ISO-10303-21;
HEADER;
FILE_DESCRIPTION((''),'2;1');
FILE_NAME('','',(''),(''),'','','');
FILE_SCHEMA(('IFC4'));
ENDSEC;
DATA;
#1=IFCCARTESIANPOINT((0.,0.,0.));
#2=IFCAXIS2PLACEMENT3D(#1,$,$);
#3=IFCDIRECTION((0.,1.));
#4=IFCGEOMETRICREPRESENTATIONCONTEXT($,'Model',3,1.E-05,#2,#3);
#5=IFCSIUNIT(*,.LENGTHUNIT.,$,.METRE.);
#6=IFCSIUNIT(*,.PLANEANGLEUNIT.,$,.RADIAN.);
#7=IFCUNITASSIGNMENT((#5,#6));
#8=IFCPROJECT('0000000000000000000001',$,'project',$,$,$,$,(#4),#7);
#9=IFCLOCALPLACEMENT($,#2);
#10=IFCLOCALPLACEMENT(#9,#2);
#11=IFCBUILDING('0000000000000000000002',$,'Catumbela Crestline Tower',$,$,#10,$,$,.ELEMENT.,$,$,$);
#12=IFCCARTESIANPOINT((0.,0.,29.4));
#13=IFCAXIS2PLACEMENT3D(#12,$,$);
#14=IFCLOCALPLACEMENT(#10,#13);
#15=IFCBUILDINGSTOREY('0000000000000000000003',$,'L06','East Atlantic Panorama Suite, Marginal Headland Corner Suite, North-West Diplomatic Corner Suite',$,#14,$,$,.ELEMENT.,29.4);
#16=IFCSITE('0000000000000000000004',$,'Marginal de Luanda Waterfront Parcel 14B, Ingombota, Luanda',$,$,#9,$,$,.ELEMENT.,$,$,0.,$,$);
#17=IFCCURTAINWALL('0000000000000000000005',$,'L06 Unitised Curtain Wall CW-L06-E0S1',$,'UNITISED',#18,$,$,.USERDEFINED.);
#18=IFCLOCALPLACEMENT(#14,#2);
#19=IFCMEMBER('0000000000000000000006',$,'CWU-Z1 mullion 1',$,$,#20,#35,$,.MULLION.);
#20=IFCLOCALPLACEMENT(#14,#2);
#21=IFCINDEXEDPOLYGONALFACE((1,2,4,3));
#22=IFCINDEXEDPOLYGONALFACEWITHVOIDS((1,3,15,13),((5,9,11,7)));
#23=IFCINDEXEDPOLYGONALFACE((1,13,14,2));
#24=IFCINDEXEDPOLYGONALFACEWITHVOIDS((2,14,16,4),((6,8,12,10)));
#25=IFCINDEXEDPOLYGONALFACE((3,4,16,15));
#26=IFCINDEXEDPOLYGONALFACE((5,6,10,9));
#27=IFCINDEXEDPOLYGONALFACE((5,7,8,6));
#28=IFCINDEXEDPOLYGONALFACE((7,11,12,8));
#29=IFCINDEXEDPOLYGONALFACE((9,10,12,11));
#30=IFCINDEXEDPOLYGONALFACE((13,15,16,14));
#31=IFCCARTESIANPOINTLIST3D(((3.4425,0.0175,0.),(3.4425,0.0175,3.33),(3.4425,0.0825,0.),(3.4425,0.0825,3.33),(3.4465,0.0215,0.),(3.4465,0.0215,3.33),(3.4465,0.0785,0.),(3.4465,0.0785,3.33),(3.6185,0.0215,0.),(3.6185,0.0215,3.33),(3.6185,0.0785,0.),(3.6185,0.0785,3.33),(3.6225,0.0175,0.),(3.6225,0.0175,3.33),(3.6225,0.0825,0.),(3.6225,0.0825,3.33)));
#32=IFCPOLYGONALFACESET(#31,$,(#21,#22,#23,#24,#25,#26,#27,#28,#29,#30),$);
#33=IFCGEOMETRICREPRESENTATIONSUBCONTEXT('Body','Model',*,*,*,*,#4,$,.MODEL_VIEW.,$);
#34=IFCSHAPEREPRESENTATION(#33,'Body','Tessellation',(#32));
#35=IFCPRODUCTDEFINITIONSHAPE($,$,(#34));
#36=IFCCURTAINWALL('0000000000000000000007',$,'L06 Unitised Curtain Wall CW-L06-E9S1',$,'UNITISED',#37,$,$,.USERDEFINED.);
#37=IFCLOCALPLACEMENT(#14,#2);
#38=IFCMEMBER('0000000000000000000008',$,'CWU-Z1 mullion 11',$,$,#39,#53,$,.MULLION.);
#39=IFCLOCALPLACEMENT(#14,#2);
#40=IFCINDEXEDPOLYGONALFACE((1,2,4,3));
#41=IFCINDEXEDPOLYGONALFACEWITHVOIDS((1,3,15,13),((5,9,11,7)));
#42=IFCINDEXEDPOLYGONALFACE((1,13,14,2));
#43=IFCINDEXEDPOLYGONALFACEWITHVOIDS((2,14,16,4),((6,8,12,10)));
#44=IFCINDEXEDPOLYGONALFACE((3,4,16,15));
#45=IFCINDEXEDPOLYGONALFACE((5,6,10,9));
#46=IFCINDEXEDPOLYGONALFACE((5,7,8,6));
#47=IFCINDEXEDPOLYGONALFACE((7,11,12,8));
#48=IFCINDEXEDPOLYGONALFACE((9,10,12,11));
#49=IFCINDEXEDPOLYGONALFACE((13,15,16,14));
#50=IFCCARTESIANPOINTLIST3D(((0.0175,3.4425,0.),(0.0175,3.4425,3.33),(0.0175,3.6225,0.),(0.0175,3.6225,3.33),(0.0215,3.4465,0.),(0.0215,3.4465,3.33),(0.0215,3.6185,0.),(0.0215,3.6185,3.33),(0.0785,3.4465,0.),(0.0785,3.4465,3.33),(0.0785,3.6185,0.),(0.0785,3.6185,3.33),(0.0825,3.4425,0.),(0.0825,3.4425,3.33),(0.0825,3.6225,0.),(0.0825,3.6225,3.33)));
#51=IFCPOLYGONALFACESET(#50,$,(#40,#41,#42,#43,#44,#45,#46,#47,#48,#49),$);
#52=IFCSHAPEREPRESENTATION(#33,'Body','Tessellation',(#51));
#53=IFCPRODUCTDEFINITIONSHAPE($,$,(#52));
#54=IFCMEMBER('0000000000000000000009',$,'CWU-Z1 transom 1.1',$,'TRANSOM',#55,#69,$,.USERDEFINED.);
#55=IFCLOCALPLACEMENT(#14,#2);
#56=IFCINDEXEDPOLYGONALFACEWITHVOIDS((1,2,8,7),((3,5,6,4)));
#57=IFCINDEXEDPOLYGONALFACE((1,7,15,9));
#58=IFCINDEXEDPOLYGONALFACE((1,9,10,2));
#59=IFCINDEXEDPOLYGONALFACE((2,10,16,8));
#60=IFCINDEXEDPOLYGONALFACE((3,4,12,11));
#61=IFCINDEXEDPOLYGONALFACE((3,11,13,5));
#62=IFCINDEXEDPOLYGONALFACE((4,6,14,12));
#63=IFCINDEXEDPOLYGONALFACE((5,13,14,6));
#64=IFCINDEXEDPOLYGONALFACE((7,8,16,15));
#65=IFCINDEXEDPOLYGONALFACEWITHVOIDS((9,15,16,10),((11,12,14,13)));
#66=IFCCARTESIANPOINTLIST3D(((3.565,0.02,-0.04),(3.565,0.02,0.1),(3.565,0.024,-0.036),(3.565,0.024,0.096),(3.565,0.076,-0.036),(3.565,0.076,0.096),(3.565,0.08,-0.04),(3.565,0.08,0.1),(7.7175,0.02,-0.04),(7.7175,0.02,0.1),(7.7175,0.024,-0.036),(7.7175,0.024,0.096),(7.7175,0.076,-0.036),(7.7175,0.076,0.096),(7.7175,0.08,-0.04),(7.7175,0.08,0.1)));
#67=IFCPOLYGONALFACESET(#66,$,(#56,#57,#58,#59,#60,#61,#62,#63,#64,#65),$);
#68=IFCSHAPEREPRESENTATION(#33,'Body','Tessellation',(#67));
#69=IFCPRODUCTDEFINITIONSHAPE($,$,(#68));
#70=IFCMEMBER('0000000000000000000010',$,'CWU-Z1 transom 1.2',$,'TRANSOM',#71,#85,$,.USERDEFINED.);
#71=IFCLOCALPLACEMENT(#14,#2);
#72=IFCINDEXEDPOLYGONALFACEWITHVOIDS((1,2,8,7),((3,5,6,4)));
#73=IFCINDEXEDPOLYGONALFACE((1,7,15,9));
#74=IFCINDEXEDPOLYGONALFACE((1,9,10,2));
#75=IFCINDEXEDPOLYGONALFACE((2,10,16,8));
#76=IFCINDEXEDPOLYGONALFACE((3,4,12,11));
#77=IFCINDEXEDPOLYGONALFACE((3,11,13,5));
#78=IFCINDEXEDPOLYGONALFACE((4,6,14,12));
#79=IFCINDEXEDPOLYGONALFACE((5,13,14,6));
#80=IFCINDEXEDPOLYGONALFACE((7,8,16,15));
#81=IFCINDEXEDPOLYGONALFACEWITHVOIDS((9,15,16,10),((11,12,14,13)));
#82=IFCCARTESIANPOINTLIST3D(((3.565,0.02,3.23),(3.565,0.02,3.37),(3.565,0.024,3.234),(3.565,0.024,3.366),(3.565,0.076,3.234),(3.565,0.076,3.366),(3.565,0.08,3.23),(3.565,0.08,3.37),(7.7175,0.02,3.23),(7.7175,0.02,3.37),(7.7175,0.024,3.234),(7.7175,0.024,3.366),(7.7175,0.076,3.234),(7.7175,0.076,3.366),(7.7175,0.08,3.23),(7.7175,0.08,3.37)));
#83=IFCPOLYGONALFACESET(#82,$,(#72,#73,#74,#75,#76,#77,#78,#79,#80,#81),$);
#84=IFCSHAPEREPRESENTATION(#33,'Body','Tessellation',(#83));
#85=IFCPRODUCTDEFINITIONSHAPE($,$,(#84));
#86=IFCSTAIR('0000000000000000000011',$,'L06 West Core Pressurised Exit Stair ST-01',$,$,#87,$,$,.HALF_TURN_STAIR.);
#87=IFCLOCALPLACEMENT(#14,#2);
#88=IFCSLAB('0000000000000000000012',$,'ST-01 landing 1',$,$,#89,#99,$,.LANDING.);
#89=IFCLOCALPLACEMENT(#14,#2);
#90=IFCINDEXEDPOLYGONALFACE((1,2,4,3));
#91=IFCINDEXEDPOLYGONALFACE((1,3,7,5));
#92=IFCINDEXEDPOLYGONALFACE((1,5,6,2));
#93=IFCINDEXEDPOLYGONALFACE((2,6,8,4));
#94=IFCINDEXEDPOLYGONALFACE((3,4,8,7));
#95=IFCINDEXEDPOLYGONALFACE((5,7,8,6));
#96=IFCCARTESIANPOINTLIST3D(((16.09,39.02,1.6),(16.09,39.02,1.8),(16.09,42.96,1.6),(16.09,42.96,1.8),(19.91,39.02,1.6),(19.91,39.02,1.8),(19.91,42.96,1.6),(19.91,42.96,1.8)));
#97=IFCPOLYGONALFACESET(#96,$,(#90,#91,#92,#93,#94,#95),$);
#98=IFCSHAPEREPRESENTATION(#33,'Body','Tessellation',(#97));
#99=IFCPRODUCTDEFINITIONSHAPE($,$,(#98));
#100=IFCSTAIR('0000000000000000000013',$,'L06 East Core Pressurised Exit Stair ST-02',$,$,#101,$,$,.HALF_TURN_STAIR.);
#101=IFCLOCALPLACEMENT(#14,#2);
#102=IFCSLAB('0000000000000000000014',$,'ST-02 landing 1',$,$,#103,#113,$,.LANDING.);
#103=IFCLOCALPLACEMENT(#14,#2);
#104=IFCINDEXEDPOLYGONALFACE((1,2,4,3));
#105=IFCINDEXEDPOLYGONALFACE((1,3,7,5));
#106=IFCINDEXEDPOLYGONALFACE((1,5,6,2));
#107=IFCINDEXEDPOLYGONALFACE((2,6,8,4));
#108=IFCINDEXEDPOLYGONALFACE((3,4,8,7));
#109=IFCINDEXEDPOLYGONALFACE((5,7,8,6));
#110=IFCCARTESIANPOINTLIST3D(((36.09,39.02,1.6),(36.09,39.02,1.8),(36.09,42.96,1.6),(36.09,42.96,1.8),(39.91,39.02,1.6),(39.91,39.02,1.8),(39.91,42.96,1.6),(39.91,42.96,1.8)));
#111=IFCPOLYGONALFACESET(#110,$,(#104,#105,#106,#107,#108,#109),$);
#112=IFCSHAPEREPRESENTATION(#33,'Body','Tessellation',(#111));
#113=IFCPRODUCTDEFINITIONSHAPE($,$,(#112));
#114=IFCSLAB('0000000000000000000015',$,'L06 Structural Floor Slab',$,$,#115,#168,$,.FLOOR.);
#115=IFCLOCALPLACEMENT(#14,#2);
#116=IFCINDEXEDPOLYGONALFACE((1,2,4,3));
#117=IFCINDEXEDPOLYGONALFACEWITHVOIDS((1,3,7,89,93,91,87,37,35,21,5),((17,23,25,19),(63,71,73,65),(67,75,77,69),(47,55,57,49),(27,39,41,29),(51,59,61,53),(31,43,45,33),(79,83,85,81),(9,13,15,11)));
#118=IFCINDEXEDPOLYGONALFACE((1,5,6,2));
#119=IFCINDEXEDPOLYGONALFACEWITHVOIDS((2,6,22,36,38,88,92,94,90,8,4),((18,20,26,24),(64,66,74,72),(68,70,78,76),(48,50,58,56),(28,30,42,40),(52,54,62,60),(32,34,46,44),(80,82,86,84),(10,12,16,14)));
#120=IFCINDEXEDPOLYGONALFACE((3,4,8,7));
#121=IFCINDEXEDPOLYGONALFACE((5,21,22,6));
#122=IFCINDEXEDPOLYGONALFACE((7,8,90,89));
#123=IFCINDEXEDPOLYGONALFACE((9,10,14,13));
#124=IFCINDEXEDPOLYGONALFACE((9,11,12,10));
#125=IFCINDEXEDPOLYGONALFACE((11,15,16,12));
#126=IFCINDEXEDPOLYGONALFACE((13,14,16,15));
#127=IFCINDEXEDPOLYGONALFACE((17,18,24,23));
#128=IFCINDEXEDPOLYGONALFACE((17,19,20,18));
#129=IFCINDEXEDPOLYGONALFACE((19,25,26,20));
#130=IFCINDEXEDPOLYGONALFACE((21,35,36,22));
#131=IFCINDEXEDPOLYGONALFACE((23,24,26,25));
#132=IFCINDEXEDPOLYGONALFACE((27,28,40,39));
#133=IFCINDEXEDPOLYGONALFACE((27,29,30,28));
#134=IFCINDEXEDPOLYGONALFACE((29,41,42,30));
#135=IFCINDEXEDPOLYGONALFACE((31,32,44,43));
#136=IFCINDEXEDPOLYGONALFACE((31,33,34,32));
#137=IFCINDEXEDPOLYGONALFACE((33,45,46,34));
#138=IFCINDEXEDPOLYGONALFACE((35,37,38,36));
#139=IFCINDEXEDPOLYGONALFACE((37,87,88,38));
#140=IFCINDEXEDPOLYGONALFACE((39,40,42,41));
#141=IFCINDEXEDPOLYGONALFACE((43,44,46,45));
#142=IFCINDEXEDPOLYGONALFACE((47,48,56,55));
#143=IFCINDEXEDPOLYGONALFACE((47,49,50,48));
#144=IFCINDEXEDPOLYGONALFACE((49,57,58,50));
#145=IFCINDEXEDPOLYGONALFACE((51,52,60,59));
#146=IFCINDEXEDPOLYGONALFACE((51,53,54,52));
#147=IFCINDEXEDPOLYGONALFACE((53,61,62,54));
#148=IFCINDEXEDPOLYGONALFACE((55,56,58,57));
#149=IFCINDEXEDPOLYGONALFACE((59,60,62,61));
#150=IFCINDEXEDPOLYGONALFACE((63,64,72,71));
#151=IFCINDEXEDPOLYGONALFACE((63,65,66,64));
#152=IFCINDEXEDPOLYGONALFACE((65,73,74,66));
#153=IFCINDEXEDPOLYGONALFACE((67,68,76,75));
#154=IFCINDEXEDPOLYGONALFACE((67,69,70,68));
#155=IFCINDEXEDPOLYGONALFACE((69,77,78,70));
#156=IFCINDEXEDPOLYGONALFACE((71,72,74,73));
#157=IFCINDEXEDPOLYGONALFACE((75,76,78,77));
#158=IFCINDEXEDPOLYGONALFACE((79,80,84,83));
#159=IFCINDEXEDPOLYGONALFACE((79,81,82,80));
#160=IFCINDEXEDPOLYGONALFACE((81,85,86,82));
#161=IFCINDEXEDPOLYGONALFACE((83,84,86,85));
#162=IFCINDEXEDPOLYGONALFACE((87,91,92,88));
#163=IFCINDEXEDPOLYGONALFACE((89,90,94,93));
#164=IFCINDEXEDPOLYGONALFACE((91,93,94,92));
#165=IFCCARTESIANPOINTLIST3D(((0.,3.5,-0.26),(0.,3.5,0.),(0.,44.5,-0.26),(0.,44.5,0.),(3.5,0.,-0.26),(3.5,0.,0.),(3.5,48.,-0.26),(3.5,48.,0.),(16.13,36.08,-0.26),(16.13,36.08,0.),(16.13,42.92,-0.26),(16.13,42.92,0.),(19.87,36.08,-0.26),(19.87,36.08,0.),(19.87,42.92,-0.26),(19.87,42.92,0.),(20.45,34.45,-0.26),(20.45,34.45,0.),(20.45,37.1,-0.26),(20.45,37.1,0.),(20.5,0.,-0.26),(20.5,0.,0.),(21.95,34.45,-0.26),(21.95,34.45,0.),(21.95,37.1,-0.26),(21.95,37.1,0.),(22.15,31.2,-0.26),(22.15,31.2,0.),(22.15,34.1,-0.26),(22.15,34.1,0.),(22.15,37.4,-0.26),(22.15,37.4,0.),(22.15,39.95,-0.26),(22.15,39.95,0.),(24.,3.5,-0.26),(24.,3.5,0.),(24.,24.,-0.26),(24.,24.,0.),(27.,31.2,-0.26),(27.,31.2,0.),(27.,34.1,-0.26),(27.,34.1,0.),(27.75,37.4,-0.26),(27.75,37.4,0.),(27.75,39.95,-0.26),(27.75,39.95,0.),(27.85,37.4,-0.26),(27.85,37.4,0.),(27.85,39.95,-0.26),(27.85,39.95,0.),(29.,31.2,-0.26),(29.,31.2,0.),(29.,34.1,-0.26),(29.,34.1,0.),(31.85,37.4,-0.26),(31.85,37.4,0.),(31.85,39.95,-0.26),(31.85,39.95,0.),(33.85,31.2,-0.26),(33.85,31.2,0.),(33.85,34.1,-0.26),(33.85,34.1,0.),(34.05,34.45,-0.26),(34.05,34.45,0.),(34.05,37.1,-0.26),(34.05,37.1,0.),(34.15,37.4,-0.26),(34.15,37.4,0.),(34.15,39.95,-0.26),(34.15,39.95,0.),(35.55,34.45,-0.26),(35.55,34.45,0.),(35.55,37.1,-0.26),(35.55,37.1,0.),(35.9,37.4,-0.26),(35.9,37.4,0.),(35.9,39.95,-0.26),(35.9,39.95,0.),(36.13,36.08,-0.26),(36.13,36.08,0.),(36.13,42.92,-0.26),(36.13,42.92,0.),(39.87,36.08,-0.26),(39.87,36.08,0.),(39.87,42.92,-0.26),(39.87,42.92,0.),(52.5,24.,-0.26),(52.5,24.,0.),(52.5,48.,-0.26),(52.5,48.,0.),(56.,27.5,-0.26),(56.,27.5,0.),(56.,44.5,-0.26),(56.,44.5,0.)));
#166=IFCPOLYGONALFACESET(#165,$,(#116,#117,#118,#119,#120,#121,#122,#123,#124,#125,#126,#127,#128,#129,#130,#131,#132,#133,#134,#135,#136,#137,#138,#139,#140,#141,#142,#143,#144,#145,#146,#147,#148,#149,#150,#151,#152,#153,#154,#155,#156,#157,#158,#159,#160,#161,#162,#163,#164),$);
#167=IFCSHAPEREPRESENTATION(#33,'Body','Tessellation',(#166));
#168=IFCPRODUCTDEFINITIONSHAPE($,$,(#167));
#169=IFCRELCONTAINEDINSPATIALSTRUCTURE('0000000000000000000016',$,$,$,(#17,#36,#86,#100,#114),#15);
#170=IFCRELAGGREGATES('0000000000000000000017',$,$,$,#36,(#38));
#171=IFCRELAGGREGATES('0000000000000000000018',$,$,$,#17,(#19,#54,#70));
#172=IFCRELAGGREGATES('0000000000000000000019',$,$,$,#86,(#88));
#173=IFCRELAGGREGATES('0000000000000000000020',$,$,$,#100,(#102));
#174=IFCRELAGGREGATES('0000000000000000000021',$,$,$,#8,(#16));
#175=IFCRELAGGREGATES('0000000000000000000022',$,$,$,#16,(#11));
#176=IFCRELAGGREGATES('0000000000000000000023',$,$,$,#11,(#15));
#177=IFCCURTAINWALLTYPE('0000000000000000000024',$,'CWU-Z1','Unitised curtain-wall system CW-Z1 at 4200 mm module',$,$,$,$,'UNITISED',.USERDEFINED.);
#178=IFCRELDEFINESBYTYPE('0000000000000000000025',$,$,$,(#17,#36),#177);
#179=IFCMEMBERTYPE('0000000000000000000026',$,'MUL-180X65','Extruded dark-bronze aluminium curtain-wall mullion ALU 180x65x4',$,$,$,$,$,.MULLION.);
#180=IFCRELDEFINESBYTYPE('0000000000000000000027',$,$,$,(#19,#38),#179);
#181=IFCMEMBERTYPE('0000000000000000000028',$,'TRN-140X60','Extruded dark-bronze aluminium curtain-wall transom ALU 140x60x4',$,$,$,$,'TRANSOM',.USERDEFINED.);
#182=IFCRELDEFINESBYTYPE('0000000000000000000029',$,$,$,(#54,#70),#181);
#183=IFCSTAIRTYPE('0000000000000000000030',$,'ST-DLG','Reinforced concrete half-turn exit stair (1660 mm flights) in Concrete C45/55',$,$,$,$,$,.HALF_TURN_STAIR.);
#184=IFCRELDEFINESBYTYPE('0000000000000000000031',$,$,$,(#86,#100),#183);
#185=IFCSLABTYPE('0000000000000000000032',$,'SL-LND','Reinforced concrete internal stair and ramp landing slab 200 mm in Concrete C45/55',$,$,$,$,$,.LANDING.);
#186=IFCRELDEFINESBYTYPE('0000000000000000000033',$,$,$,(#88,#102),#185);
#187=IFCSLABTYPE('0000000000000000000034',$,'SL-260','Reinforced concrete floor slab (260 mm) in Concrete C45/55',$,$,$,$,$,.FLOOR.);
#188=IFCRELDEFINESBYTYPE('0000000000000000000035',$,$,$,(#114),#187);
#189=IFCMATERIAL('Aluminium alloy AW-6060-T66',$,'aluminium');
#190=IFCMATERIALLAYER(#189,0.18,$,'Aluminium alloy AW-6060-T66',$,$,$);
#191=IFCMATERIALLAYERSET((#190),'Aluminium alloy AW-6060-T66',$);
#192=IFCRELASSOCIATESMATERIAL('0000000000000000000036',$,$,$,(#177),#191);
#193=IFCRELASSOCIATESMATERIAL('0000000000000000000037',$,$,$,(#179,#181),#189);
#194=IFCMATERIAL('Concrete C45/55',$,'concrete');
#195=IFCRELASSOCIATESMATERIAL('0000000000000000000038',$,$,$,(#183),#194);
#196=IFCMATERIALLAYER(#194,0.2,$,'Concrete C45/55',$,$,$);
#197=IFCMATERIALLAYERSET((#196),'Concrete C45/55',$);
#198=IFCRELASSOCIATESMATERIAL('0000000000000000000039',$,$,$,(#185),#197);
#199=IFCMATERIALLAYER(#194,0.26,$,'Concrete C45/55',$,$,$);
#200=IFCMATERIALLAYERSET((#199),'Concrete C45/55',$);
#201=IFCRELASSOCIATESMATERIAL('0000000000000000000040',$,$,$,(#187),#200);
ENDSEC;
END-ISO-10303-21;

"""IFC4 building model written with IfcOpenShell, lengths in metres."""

from ifc_helpers import new_model, si_unit, direction, frame, origin, origin_2d, place, context, subcontext, project, spatial, polyline, hollow_rectangle, outline, extrude, material, layer, layer_set, material_profile, profile_set, type_object, element, aggregate, save


model = new_model("IFC4")

# Units and contexts
model_context = context("Model", 3, precision=1e-05, world=origin(), true_north=direction((0.0, 1.0)))
body_context = subcontext(model_context, "Body", "Model", "MODEL_VIEW")
ifc_project = project(units=[si_unit("LENGTHUNIT", "METRE"), si_unit("PLANEANGLEUNIT", "RADIAN")], contexts=[model_context])

# Site, building, storey
site_placement = place(None, origin())
site = spatial("IfcSite", under=ifc_project, at=site_placement, Name="Marginal de Luanda Waterfront Parcel 14B, Ingombota, Luanda", CompositionType="ELEMENT", RefElevation=0.0)
building_placement = place(site_placement, origin())
building = spatial("IfcBuilding", under=site, at=building_placement, Name="Catumbela Crestline Tower", CompositionType="ELEMENT")
storey_placement = place(building_placement, frame((0.0, 0.0, 29.4)))
storey = spatial("IfcBuildingStorey", under=building, at=storey_placement, Name="L06", Description="East Atlantic Panorama Suite, Marginal Headland Corner Suite, North-West Diplomatic Corner Suite", CompositionType="ELEMENT", Elevation=29.4)

# Curtain walls, members
ifc_material_1 = material(Name="Aluminium alloy AW-6060-T66", Category="aluminium")
ifc_layer_1 = layer(ifc_material_1, 0.18, Name="Aluminium alloy AW-6060-T66")
ifc_layer_set_1 = layer_set([ifc_layer_1], Name="Aluminium alloy AW-6060-T66")
curtain_wall_type = type_object("IfcCurtainWallType", Name="CWU-Z1", Description="Unitised curtain-wall system CW-Z1 at 4200 mm module", ElementType="UNITISED", PredefinedType="USERDEFINED", material=ifc_layer_set_1)
curtain_wall_1_placement = place(storey_placement, origin())
curtain_wall_1 = element("IfcCurtainWall", 1, at=curtain_wall_1_placement, inside=storey, type_object=curtain_wall_type, Name="L06 Unitised Curtain Wall CW-L06-E0S1", ObjectType="UNITISED", PredefinedType="USERDEFINED")
ifc_material_profile_1 = material_profile(ifc_material_1, hollow_rectangle(XDim=0.065, YDim=0.18, WallThickness=0.004, at=origin_2d()), Name="ALU 180x65x4")
ifc_profile_set_1 = profile_set([ifc_material_profile_1], Name="Aluminium alloy AW-6060-T66")
member_type_1 = type_object("IfcMemberType", Name="MUL-180X65", Description="Extruded dark-bronze aluminium curtain-wall mullion ALU 180x65x4", PredefinedType="MULLION", material=ifc_profile_set_1)
member_1_placement = place(storey_placement, frame((3.5325, 0.05, 0.0), z_axis=(0.0, 0.0, 1.0), x_axis=(0.0, 1.0, 0.0)))
member_1 = element("IfcMember", 2, at=member_1_placement, type_object=member_type_1, Name="CWU-Z1 mullion 1", PredefinedType="MULLION", context=body_context, shape_type="SweptSolid", body=[
    extrude(hollow_rectangle(XDim=0.065, YDim=0.18, WallThickness=0.004, at=origin_2d()), origin(), (0.0, 0.0, 1.0), 3.33),
])
curtain_wall_2_placement = place(storey_placement, origin())
curtain_wall_2 = element("IfcCurtainWall", 3, at=curtain_wall_2_placement, inside=storey, type_object=curtain_wall_type, Name="L06 Unitised Curtain Wall CW-L06-E9S1", ObjectType="UNITISED", PredefinedType="USERDEFINED")
member_2_placement = place(storey_placement, frame((0.05, 3.5325, 0.0), z_axis=(0.0, 0.0, 1.0), x_axis=(1.0, 0.0, 0.0)))
member_2 = element("IfcMember", 4, at=member_2_placement, type_object=member_type_1, Name="CWU-Z1 mullion 11", PredefinedType="MULLION", context=body_context, shape_type="SweptSolid", body=[
    extrude(hollow_rectangle(XDim=0.065, YDim=0.18, WallThickness=0.004, at=origin_2d()), origin(), (0.0, 0.0, 1.0), 3.33),
])
aggregate(curtain_wall_2, [member_2])

# Members
ifc_material_profile_2 = material_profile(ifc_material_1, hollow_rectangle(XDim=0.06, YDim=0.14, WallThickness=0.004, at=origin_2d()), Name="ALU 140x60x4")
ifc_profile_set_2 = profile_set([ifc_material_profile_2], Name="Aluminium alloy AW-6060-T66")
member_type_2 = type_object("IfcMemberType", Name="TRN-140X60", Description="Extruded dark-bronze aluminium curtain-wall transom ALU 140x60x4", ElementType="TRANSOM", PredefinedType="USERDEFINED", material=ifc_profile_set_2)
member_3_placement = place(storey_placement, frame((3.565, 0.05, 0.03), z_axis=(1.0, 0.0, 0.0), x_axis=(0.0, 1.0, 0.0)))
member_3 = element("IfcMember", 5, at=member_3_placement, type_object=member_type_2, Name="CWU-Z1 transom 1.1", ObjectType="TRANSOM", PredefinedType="USERDEFINED", context=body_context, shape_type="SweptSolid", body=[
    extrude(hollow_rectangle(XDim=0.06, YDim=0.14, WallThickness=0.004, at=origin_2d()), origin(), (0.0, 0.0, 1.0), 4.1525),
])
member_4_placement = place(storey_placement, frame((3.565, 0.05, 3.3), z_axis=(1.0, 0.0, 0.0), x_axis=(0.0, 1.0, 0.0)))
member_4 = element("IfcMember", 6, at=member_4_placement, type_object=member_type_2, Name="CWU-Z1 transom 1.2", ObjectType="TRANSOM", PredefinedType="USERDEFINED", context=body_context, shape_type="SweptSolid", body=[
    extrude(hollow_rectangle(XDim=0.06, YDim=0.14, WallThickness=0.004, at=origin_2d()), origin(), (0.0, 0.0, 1.0), 4.1525),
])
aggregate(curtain_wall_1, [member_1, member_3, member_4])

# Stairs, slabs
ifc_material_2 = material(Name="Concrete C45/55", Category="concrete")
stair_type = type_object("IfcStairType", Name="ST-DLG", Description="Reinforced concrete half-turn exit stair (1660 mm flights) in Concrete C45/55", PredefinedType="HALF_TURN_STAIR", material=ifc_material_2)
stair_1_placement = place(storey_placement, origin())
stair_1 = element("IfcStair", 7, at=stair_1_placement, inside=storey, type_object=stair_type, Name="L06 West Core Pressurised Exit Stair ST-01", PredefinedType="HALF_TURN_STAIR")
ifc_layer_2 = layer(ifc_material_2, 0.2, Name="Concrete C45/55")
ifc_layer_set_2 = layer_set([ifc_layer_2], Name="Concrete C45/55")
slab_type_1 = type_object("IfcSlabType", Name="SL-LND", Description="Reinforced concrete internal stair and ramp landing slab 200 mm in Concrete C45/55", PredefinedType="LANDING", material=ifc_layer_set_2)
slab_1_placement = place(storey_placement, frame((0.0, 0.0, 1.6)))
slab_1 = element("IfcSlab", 8, at=slab_1_placement, type_object=slab_type_1, Name="ST-01 landing 1", PredefinedType="LANDING", context=body_context, shape_type="SweptSolid", body=[
    extrude(outline(polyline([(19.91, 39.02), (19.91, 42.96), (16.09, 42.96), (16.09, 39.02), (19.91, 39.02)])), origin(), (0.0, 0.0, 1.0), 0.2),
])
aggregate(stair_1, [slab_1])
stair_2_placement = place(storey_placement, origin())
stair_2 = element("IfcStair", 9, at=stair_2_placement, inside=storey, type_object=stair_type, Name="L06 East Core Pressurised Exit Stair ST-02", PredefinedType="HALF_TURN_STAIR")
slab_2_placement = place(storey_placement, frame((0.0, 0.0, 1.6)))
slab_2 = element("IfcSlab", 10, at=slab_2_placement, type_object=slab_type_1, Name="ST-02 landing 1", PredefinedType="LANDING", context=body_context, shape_type="SweptSolid", body=[
    extrude(outline(polyline([(39.91, 39.02), (39.91, 42.96), (36.09, 42.96), (36.09, 39.02), (39.91, 39.02)])), origin(), (0.0, 0.0, 1.0), 0.2),
])
aggregate(stair_2, [slab_2])

# Slab
ifc_layer_3 = layer(ifc_material_2, 0.26, Name="Concrete C45/55")
ifc_layer_set_3 = layer_set([ifc_layer_3], Name="Concrete C45/55")
slab_type_2 = type_object("IfcSlabType", Name="SL-260", Description="Reinforced concrete floor slab (260 mm) in Concrete C45/55", PredefinedType="FLOOR", material=ifc_layer_set_3)
slab_3_placement = place(storey_placement, frame((0.0, 0.0, -0.26)))
element("IfcSlab", 11, at=slab_3_placement, inside=storey, type_object=slab_type_2, Name="L06 Structural Floor Slab", PredefinedType="FLOOR", context=body_context, shape_type="SweptSolid", body=[
    extrude(outline(polyline([(3.5, 0.0), (20.5, 0.0), (24.0, 3.5), (24.0, 24.0), (52.5, 24.0), (56.0, 27.5), (56.0, 44.5), (52.5, 48.0), (3.5, 48.0), (0.0, 44.5), (0.0, 3.5), (3.5, 0.0)]), holes=[polyline([(16.13, 36.08), (19.87, 36.08), (19.87, 42.92), (16.13, 42.92), (16.13, 36.08)]), polyline([(36.13, 36.08), (39.87, 36.08), (39.87, 42.92), (36.13, 42.92), (36.13, 36.08)]), polyline([(22.15, 31.2), (27.0, 31.2), (27.0, 34.1), (22.15, 34.1), (22.15, 31.2)]), polyline([(29.0, 31.2), (33.85, 31.2), (33.85, 34.1), (29.0, 34.1), (29.0, 31.2)]), polyline([(22.15, 37.4), (27.75, 37.4), (27.75, 39.95), (22.15, 39.95), (22.15, 37.4)]), polyline([(27.85, 37.4), (31.85, 37.4), (31.85, 39.95), (27.85, 39.95), (27.85, 37.4)]), polyline([(20.45, 34.45), (21.95, 34.45), (21.95, 37.1), (20.45, 37.1), (20.45, 34.45)]), polyline([(34.05, 34.45), (35.55, 34.45), (35.55, 37.1), (34.05, 37.1), (34.05, 34.45)]), polyline([(34.15, 37.4), (35.9, 37.4), (35.9, 39.95), (34.15, 39.95), (34.15, 37.4)])]), origin(), (0.0, 0.0, 1.0), 0.26),
])

save(model, "model.ifc")
